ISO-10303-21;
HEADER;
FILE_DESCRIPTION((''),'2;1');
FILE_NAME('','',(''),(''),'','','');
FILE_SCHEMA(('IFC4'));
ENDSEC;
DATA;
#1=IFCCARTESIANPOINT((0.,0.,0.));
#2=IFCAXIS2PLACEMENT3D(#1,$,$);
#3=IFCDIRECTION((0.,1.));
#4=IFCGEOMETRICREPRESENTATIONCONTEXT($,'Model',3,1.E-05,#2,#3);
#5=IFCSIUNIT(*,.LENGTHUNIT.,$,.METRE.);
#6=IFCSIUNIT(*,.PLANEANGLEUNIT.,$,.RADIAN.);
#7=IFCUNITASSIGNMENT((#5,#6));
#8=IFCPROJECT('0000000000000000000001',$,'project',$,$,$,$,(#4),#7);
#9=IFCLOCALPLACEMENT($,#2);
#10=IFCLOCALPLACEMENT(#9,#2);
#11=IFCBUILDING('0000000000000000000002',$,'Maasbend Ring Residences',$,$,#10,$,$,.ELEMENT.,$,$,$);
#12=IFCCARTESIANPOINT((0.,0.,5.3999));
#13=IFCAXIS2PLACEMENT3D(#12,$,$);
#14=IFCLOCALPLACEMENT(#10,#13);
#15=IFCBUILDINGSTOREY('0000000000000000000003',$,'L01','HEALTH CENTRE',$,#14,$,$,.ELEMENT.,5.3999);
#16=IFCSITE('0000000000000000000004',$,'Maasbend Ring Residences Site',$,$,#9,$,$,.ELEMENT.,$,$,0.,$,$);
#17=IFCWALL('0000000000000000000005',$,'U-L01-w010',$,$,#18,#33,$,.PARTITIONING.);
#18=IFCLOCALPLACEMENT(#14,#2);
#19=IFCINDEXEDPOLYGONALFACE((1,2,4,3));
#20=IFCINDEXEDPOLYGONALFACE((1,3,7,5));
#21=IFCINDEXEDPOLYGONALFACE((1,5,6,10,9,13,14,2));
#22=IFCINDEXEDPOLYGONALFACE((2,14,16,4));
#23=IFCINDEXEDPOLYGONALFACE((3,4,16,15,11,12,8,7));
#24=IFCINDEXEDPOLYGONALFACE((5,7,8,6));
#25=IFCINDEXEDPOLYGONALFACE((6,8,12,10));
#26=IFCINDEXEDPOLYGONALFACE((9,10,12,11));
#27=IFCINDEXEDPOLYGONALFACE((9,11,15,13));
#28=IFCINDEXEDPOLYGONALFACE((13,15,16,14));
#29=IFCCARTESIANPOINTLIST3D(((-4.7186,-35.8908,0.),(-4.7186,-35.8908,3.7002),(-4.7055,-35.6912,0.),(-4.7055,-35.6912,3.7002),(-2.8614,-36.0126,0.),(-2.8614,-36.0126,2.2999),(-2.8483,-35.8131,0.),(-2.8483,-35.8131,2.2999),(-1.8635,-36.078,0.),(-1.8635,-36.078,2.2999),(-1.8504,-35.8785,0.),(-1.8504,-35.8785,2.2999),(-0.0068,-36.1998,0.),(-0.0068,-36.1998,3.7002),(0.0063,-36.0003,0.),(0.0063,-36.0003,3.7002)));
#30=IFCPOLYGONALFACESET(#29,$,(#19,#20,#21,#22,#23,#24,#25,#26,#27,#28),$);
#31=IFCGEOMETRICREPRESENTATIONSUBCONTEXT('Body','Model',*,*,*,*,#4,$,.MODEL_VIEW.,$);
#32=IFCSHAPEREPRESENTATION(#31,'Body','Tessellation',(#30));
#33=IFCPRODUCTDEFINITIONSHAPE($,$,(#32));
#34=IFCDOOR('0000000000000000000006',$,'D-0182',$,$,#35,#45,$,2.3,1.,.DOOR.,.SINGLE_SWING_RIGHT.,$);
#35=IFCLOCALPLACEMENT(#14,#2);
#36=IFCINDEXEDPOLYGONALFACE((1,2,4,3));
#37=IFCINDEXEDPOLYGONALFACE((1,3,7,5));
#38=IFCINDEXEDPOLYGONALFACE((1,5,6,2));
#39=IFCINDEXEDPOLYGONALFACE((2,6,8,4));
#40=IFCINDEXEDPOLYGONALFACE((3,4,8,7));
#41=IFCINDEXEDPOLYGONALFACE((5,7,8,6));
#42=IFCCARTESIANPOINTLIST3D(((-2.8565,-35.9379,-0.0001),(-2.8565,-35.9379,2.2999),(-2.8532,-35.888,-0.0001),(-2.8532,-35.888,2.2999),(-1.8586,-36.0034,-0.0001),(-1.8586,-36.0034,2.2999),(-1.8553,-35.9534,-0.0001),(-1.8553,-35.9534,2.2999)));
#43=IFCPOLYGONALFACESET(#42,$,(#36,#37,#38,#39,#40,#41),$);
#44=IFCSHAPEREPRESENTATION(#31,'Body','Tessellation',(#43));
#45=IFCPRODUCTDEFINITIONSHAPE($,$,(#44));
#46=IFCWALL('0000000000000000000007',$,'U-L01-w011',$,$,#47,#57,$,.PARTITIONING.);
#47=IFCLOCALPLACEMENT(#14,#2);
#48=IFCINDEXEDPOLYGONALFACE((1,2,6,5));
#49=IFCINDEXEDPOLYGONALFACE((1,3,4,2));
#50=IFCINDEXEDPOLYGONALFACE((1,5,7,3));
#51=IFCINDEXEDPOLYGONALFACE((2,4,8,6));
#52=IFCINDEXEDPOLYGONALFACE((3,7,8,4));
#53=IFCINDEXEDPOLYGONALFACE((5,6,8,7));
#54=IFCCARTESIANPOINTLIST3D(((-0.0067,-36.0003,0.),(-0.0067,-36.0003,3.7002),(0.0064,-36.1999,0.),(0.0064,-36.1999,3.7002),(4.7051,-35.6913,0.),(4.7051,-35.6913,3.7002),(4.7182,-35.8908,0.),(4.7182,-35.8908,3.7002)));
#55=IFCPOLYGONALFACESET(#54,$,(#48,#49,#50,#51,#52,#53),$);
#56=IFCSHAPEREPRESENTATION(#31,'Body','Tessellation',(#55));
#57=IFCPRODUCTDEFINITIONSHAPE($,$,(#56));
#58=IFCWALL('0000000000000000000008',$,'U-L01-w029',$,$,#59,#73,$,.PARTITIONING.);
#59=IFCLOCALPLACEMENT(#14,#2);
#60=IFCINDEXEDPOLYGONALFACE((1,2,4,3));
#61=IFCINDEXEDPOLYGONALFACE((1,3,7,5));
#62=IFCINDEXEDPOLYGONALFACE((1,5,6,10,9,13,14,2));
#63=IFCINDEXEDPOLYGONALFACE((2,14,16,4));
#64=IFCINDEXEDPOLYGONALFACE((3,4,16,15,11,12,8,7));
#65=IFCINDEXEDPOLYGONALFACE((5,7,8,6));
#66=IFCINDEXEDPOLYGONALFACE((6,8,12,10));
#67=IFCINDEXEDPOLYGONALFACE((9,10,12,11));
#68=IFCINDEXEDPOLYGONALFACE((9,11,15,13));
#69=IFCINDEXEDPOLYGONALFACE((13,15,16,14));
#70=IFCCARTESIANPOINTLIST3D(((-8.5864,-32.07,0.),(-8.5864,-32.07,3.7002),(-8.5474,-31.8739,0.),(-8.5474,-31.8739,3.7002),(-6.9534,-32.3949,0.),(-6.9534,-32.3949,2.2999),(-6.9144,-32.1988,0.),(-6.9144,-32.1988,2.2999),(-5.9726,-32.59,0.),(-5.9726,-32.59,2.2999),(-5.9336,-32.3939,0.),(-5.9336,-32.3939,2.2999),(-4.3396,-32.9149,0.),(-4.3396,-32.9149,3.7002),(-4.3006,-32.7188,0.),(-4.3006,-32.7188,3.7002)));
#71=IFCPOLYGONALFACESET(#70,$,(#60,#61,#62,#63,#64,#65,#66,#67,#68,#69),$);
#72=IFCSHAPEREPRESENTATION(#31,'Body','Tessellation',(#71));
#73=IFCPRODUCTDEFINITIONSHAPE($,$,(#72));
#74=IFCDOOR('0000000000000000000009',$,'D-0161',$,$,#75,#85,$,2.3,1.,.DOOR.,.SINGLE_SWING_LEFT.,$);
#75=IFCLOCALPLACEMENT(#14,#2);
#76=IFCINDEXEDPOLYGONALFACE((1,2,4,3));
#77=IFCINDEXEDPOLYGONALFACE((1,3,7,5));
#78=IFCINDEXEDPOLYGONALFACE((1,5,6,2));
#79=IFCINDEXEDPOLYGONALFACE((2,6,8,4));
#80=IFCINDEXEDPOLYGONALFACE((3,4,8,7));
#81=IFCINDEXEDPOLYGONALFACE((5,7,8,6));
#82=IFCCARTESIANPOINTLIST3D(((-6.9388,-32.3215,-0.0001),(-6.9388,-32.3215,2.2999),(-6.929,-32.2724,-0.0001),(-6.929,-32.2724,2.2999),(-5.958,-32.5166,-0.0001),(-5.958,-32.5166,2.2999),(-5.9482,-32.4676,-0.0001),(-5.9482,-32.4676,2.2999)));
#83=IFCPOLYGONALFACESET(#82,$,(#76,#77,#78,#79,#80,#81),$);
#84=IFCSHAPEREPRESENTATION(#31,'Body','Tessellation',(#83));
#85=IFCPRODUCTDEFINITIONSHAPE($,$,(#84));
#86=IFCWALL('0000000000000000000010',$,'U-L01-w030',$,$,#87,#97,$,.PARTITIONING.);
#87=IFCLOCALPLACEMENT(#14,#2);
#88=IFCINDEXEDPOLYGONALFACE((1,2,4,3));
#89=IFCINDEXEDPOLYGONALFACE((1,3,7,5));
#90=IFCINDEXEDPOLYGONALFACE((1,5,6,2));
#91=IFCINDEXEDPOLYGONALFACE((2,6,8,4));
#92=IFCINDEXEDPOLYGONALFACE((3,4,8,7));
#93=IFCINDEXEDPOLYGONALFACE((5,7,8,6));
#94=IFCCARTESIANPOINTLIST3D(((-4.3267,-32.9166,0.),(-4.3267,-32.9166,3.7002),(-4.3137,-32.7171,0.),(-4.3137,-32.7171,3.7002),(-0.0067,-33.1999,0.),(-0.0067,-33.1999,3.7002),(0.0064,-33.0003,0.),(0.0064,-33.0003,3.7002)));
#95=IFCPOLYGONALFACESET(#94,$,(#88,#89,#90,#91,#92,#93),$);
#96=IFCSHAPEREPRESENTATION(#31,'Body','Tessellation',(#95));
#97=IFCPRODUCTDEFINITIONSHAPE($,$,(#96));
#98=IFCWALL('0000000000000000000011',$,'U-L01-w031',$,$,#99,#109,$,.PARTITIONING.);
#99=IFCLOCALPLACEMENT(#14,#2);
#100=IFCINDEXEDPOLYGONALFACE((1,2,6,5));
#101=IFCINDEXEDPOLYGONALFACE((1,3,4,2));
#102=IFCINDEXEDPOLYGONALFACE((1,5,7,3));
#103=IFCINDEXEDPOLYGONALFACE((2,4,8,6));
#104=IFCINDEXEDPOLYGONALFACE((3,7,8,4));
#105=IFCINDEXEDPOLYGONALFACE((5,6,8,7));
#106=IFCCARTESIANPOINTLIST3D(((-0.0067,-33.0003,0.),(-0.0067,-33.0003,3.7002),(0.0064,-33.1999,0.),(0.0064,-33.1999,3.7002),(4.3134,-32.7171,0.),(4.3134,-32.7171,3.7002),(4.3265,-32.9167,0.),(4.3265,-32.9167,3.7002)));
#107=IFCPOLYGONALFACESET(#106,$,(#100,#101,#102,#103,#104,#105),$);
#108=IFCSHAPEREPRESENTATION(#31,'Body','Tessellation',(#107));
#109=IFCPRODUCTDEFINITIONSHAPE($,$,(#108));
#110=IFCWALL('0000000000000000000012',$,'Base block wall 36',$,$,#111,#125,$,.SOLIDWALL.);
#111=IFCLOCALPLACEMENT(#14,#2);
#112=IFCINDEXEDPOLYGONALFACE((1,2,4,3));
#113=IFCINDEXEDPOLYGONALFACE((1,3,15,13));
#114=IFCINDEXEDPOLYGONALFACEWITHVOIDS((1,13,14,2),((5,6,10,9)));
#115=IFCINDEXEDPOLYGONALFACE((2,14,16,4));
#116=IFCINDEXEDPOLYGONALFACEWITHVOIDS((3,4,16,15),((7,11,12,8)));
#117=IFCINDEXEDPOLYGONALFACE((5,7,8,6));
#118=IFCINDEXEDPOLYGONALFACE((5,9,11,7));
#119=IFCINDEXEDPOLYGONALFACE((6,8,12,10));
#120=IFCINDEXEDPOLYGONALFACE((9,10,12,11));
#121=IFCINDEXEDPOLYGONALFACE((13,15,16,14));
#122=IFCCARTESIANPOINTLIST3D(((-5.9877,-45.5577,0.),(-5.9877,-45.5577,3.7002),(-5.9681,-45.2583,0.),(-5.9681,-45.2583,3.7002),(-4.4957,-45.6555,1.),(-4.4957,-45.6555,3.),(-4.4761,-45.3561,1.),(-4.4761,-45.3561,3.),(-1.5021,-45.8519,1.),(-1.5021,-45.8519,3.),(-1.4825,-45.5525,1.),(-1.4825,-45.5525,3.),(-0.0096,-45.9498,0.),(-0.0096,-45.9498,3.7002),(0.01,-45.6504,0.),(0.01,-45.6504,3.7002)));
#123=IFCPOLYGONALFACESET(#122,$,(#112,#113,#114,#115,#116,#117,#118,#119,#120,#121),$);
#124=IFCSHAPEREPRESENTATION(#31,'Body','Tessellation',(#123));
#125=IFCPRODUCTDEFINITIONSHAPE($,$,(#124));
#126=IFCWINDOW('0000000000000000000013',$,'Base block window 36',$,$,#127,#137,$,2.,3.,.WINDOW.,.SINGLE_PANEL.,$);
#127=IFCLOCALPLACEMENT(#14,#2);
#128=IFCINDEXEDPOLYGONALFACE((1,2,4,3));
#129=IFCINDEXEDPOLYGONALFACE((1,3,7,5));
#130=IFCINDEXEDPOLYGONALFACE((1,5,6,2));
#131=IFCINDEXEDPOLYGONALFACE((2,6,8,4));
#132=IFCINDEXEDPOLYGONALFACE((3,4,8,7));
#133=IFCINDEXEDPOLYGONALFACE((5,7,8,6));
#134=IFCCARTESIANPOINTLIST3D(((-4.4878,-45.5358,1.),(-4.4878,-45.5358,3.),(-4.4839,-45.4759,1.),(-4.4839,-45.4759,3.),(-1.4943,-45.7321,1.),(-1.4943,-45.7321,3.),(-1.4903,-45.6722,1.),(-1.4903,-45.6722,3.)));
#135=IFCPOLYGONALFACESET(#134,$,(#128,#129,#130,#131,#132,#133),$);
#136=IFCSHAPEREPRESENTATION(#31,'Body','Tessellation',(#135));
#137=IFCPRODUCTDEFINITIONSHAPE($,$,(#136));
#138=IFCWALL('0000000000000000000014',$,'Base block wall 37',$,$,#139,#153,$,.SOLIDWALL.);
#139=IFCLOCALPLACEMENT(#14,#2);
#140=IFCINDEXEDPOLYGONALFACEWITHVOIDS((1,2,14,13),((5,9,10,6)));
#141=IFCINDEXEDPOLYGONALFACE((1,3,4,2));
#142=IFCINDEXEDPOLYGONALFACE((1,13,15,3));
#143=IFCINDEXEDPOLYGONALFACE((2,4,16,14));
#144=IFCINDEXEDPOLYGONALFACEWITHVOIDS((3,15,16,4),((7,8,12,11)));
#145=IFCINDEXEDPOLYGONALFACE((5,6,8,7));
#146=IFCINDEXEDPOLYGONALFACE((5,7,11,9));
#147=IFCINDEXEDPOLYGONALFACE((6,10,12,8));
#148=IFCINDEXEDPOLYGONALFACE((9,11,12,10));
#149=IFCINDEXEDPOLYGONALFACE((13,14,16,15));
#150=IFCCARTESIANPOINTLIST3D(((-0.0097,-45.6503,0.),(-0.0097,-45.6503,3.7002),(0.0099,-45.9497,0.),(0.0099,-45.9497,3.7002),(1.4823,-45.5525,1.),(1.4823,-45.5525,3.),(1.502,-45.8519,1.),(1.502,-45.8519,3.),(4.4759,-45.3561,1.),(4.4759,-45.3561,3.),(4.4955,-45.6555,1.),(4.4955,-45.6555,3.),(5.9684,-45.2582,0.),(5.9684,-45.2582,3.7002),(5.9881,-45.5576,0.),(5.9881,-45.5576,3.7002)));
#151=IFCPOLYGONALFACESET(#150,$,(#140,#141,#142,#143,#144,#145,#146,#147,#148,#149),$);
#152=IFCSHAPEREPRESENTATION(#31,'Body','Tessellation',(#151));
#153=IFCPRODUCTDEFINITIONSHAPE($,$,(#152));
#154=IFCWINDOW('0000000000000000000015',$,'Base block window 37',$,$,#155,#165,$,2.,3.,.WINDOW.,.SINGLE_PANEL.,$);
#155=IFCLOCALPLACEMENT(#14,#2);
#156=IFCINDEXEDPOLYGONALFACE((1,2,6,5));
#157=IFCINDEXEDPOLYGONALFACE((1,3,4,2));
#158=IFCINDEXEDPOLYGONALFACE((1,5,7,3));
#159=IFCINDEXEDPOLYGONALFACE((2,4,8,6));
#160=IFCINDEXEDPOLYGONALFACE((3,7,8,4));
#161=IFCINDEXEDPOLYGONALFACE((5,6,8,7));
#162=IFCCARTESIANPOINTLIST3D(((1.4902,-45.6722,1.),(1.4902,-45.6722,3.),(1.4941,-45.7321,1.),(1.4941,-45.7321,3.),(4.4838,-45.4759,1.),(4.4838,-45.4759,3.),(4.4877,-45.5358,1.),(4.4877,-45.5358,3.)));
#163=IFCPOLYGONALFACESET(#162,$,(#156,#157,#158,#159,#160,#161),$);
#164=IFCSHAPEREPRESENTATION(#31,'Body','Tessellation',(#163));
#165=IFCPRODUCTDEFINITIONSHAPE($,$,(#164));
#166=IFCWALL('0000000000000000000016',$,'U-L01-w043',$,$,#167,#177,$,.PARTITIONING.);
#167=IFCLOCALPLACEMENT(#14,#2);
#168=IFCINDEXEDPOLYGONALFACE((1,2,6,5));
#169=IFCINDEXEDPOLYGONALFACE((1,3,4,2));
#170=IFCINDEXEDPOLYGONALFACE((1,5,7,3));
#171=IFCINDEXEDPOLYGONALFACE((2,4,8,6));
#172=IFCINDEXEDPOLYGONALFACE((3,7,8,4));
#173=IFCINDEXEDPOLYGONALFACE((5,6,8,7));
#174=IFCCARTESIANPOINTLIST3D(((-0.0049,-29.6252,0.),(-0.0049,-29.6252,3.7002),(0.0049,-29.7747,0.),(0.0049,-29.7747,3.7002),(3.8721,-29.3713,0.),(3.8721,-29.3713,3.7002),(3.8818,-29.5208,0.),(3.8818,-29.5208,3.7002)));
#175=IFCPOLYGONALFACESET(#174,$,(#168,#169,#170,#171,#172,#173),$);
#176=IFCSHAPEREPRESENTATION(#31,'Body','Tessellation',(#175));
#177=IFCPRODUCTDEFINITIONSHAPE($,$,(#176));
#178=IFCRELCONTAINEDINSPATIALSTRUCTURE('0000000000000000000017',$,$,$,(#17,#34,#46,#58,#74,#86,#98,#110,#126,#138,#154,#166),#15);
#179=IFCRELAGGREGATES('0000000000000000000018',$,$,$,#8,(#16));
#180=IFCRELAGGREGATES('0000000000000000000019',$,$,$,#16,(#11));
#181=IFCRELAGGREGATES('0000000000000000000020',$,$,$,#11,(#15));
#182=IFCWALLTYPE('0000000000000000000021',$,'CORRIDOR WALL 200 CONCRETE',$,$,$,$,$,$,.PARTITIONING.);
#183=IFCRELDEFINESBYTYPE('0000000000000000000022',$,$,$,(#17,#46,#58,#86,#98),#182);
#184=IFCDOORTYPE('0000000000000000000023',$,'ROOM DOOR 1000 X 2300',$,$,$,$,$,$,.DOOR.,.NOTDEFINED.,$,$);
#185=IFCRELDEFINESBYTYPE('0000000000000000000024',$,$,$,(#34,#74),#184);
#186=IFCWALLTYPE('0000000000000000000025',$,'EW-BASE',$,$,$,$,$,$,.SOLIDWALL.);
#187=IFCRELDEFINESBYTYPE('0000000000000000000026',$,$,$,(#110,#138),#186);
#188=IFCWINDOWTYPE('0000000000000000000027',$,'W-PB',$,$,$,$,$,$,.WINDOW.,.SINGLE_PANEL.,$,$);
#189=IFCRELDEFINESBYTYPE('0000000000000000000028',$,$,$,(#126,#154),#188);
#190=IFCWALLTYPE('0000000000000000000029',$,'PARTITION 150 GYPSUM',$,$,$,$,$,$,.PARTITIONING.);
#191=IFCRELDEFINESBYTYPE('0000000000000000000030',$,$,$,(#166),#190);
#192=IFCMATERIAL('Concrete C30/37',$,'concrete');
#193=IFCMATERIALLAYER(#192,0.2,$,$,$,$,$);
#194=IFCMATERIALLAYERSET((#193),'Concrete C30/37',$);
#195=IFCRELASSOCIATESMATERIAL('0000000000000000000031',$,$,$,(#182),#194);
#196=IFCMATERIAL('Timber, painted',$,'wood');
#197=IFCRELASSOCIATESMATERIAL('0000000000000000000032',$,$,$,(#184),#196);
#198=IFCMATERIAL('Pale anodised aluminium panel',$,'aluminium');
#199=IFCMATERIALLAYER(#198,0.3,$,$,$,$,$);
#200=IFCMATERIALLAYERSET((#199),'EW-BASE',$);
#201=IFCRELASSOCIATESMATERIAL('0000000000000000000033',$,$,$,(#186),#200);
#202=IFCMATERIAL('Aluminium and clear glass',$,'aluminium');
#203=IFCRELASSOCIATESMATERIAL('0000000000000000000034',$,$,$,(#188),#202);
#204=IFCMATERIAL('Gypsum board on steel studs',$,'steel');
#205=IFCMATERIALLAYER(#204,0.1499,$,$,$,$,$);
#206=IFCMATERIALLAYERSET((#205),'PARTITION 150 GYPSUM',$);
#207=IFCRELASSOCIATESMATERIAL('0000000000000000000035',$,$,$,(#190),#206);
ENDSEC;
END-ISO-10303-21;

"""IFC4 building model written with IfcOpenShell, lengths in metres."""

from ifc_helpers import new_model, si_unit, direction, frame, frame_2d, origin, place, context, subcontext, project, spatial, rectangle, extrude, material, layer, layer_set, type_object, element, fill, save


model = new_model("IFC4")

# Units and contexts
model_context = context("Model", 3, precision=1e-05, world=origin(), true_north=direction((0.0, 1.0)))
body_context = subcontext(model_context, "Body", "Model", "MODEL_VIEW")
ifc_project = project(units=[si_unit("LENGTHUNIT", "METRE"), si_unit("PLANEANGLEUNIT", "RADIAN")], contexts=[model_context])

# Site, building, storey
site_placement = place(None, origin())
site = spatial("IfcSite", under=ifc_project, at=site_placement, Name="Maasbend Ring Residences Site", CompositionType="ELEMENT", RefElevation=0.0)
building_placement = place(site_placement, origin())
building = spatial("IfcBuilding", under=site, at=building_placement, Name="Maasbend Ring Residences", CompositionType="ELEMENT")
storey_placement = place(building_placement, frame((0.0, 0.0, 5.3999)))
storey = spatial("IfcBuildingStorey", under=building, at=storey_placement, Name="L01", Description="HEALTH CENTRE", CompositionType="ELEMENT", Elevation=5.3999)

# Shared definitions
ifc_material_1 = material(Name="Concrete C30/37", Category="concrete")
ifc_layer_1 = layer(ifc_material_1, 0.2)
ifc_layer_set_1 = layer_set([ifc_layer_1], Name="Concrete C30/37")
wall_type_1 = type_object("IfcWallType", Name="CORRIDOR WALL 200 CONCRETE", PredefinedType="PARTITIONING", material=ifc_layer_set_1)

# Wall, opening, door
wall_1_placement = place(storey_placement, frame((-4.7119, -35.791, 0.0), z_axis=(0.0, 0.0, 1.0), x_axis=(0.997856, -0.065455, 0.0)))
wall_1 = element("IfcWall", 1, at=wall_1_placement, inside=storey, type_object=wall_type_1, Name="U-L01-w010", PredefinedType="PARTITIONING", context=body_context, shape_type="SweptSolid", body=[
    extrude(rectangle(XDim=4.7219, YDim=0.2, at=frame_2d((2.3608, 0.0))), origin(), (0.0, 0.0, 1.0), 3.7002),
])
opening_1_placement = place(wall_1_placement, frame((1.8611, 0.0, 0.0)))
opening_1 = element("IfcOpeningElement", 2, at=opening_1_placement, cuts=wall_1, PredefinedType="OPENING", context=body_context, shape_type="SweptSolid", body=[
    extrude(rectangle(XDim=1.0, YDim=2.3, at=frame_2d((0.5, 1.1499))), frame((0.0, 0.1099, 0.0), z_axis=(0.0, -1.0, 0.0), x_axis=(1.0, 0.0, 0.0)), (0.0, 0.0, 1.0), 0.22),
])
ifc_material_2 = material(Name="Timber, painted", Category="wood")
door_type = type_object("IfcDoorType", Name="ROOM DOOR 1000 X 2300", OperationType="NOTDEFINED", PredefinedType="DOOR", material=ifc_material_2)
door_1_placement = place(opening_1_placement, origin())
door_1 = element("IfcDoor", 3, at=door_1_placement, inside=storey, type_object=door_type, Name="D-0182", OperationType="SINGLE_SWING_RIGHT", OverallHeight=2.3, OverallWidth=1.0, PredefinedType="DOOR", context=body_context, shape_type="SweptSolid", body=[
    extrude(rectangle(XDim=1.0, YDim=2.3, at=frame_2d((0.5, 1.1499))), frame((0.0, 0.0249, 0.0), z_axis=(0.0, -1.0, 0.0), x_axis=(1.0, 0.0, 0.0)), (0.0, 0.0, 1.0), 0.05),
])
fill(opening_1, door_1)

# Wall
wall_2_placement = place(storey_placement, frame((0.0, -36.1001, 0.0), z_axis=(0.0, 0.0, 1.0), x_axis=(0.997856, 0.065455, 0.0)))
element("IfcWall", 4, at=wall_2_placement, inside=storey, type_object=wall_type_1, Name="U-L01-w011", PredefinedType="PARTITIONING", context=body_context, shape_type="SweptSolid", body=[
    extrude(rectangle(XDim=4.7219, YDim=0.2, at=frame_2d((2.3608, 0.0))), origin(), (0.0, 0.0, 1.0), 3.7002),
])

# Wall, opening, door
wall_3_placement = place(storey_placement, frame((-8.5669, -31.9719, 0.0), z_axis=(0.0, 0.0, 1.0), x_axis=(0.980775, -0.19514, 0.0)))
wall_3 = element("IfcWall", 5, at=wall_3_placement, inside=storey, type_object=wall_type_1, Name="U-L01-w029", PredefinedType="PARTITIONING", context=body_context, shape_type="SweptSolid", body=[
    extrude(rectangle(XDim=4.3301, YDim=0.2, at=frame_2d((2.165, 0.0))), origin(), (0.0, 0.0, 1.0), 3.7002),
])
opening_2_placement = place(wall_3_placement, frame((1.665, 0.0, 0.0)))
opening_2 = element("IfcOpeningElement", 6, at=opening_2_placement, cuts=wall_3, PredefinedType="OPENING", context=body_context, shape_type="SweptSolid", body=[
    extrude(rectangle(XDim=1.0, YDim=2.3, at=frame_2d((0.5, 1.1499))), frame((0.0, 0.1099, 0.0), z_axis=(0.0, -1.0, 0.0), x_axis=(1.0, 0.0, 0.0)), (0.0, 0.0, 1.0), 0.22),
])
door_2_placement = place(opening_2_placement, origin())
door_2 = element("IfcDoor", 7, at=door_2_placement, inside=storey, type_object=door_type, Name="D-0161", OperationType="SINGLE_SWING_LEFT", OverallHeight=2.3, OverallWidth=1.0, PredefinedType="DOOR", context=body_context, shape_type="SweptSolid", body=[
    extrude(rectangle(XDim=1.0, YDim=2.3, at=frame_2d((0.5, 1.1499))), frame((0.0, 0.0249, 0.0), z_axis=(0.0, -1.0, 0.0), x_axis=(1.0, 0.0, 0.0)), (0.0, 0.0, 1.0), 0.05),
])
fill(opening_2, door_2)

# Walls
for number, where, z_axis, x_axis, name in (
    (8, (-4.3201, -32.8169, 0.0), (0.0, 0.0, 1.0), (0.997858, -0.065415, 0.0), "U-L01-w030"),
    (9, (0.0, -33.1001, 0.0), (0.0, 0.0, 1.0), (0.997858, 0.065415, 0.0), "U-L01-w031"),
):
    element("IfcWall", number, at=place(storey_placement, frame(where, z_axis=z_axis, x_axis=x_axis)), inside=storey, type_object=wall_type_1, Name=name, PredefinedType="PARTITIONING", context=body_context, shape_type="SweptSolid", body=[
        extrude(rectangle(XDim=4.3293, YDim=0.2, at=frame_2d((2.1646, 0.0))), origin(), (0.0, 0.0, 1.0), 3.7002),
    ])

# Walls, openings, windows
ifc_material_3 = material(Name="Pale anodised aluminium panel", Category="aluminium")
ifc_layer_2 = layer(ifc_material_3, 0.3)
ifc_layer_set_2 = layer_set([ifc_layer_2], Name="EW-BASE")
wall_type_2 = type_object("IfcWallType", Name="EW-BASE", PredefinedType="SOLIDWALL", material=ifc_layer_set_2)
wall_4_placement = place(storey_placement, frame((-5.978, -45.408, 0.0), z_axis=(0.0, 0.0, 1.0), x_axis=(0.997856, -0.065448, 0.0)))
wall_4 = element("IfcWall", 10, at=wall_4_placement, inside=storey, type_object=wall_type_2, Name="Base block wall 36", PredefinedType="SOLIDWALL", context=body_context, shape_type="SweptSolid", body=[
    extrude(rectangle(XDim=5.991, YDim=0.3, at=frame_2d((2.9956, 0.0))), origin(), (0.0, 0.0, 1.0), 3.7002),
])
opening_3_placement = place(wall_4_placement, frame((1.4954, 0.0, 1.0)))
opening_3 = element("IfcOpeningElement", 11, at=opening_3_placement, cuts=wall_4, PredefinedType="OPENING", context=body_context, shape_type="SweptSolid", body=[
    extrude(rectangle(XDim=3.0, YDim=2.0, at=frame_2d((1.5, 1.0))), frame((0.0, 0.1602, 0.0), z_axis=(0.0, -1.0, 0.0), x_axis=(1.0, 0.0, 0.0)), (0.0, 0.0, 1.0), 0.3201),
])
ifc_material_4 = material(Name="Aluminium and clear glass", Category="aluminium")
window_type = type_object("IfcWindowType", Name="W-PB", PartitioningType="SINGLE_PANEL", PredefinedType="WINDOW", material=ifc_material_4)
window_1_placement = place(opening_3_placement, origin())
window_1 = element("IfcWindow", 12, at=window_1_placement, inside=storey, type_object=window_type, Name="Base block window 36", OverallHeight=2.0, OverallWidth=3.0, PartitioningType="SINGLE_PANEL", PredefinedType="WINDOW", context=body_context, shape_type="SweptSolid", body=[
    extrude(rectangle(XDim=3.0, YDim=2.0, at=frame_2d((1.5, 1.0))), frame((0.0, 0.03, 0.0), z_axis=(0.0, -1.0, 0.0), x_axis=(1.0, 0.0, 0.0)), (0.0, 0.0, 1.0), 0.0601),
])
fill(opening_3, window_1)
wall_5_placement = place(storey_placement, frame((0.0, -45.8, 0.0), z_axis=(0.0, 0.0, 1.0), x_axis=(0.997856, 0.065448, 0.0)))
wall_5 = element("IfcWall", 13, at=wall_5_placement, inside=storey, type_object=wall_type_2, Name="Base block wall 37", PredefinedType="SOLIDWALL", context=body_context, shape_type="SweptSolid", body=[
    extrude(rectangle(XDim=5.991, YDim=0.3, at=frame_2d((2.9956, 0.0))), origin(), (0.0, 0.0, 1.0), 3.7002),
])
opening_4_placement = place(wall_5_placement, frame((1.4954, 0.0, 1.0)))
opening_4 = element("IfcOpeningElement", 14, at=opening_4_placement, cuts=wall_5, PredefinedType="OPENING", context=body_context, shape_type="SweptSolid", body=[
    extrude(rectangle(XDim=3.0, YDim=2.0, at=frame_2d((1.5, 1.0))), frame((0.0, 0.1602, 0.0), z_axis=(0.0, -1.0, 0.0), x_axis=(1.0, 0.0, 0.0)), (0.0, 0.0, 1.0), 0.3201),
])
window_2_placement = place(opening_4_placement, origin())
window_2 = element("IfcWindow", 15, at=window_2_placement, inside=storey, type_object=window_type, Name="Base block window 37", OverallHeight=2.0, OverallWidth=3.0, PartitioningType="SINGLE_PANEL", PredefinedType="WINDOW", context=body_context, shape_type="SweptSolid", body=[
    extrude(rectangle(XDim=3.0, YDim=2.0, at=frame_2d((1.5, 1.0))), frame((0.0, 0.03, 0.0), z_axis=(0.0, -1.0, 0.0), x_axis=(1.0, 0.0, 0.0)), (0.0, 0.0, 1.0), 0.0601),
])
fill(opening_4, window_2)

# Wall
ifc_material_5 = material(Name="Gypsum board on steel studs", Category="steel")
ifc_layer_3 = layer(ifc_material_5, 0.1499)
ifc_layer_set_3 = layer_set([ifc_layer_3], Name="PARTITION 150 GYPSUM")
wall_type_3 = type_object("IfcWallType", Name="PARTITION 150 GYPSUM", PredefinedType="PARTITIONING", material=ifc_layer_set_3)
wall_6_placement = place(storey_placement, frame((0.0, -29.7, 0.0), z_axis=(0.0, 0.0, 1.0), x_axis=(0.997862, 0.065351, 0.0)))
element("IfcWall", 16, at=wall_6_placement, inside=storey, type_object=wall_type_3, Name="U-L01-w043", PredefinedType="PARTITIONING", context=body_context, shape_type="SweptSolid", body=[
    extrude(rectangle(XDim=3.8853, YDim=0.1499, at=frame_2d((1.9426, 0.0))), origin(), (0.0, 0.0, 1.0), 3.7002),
])

save(model, "model.ifc")
